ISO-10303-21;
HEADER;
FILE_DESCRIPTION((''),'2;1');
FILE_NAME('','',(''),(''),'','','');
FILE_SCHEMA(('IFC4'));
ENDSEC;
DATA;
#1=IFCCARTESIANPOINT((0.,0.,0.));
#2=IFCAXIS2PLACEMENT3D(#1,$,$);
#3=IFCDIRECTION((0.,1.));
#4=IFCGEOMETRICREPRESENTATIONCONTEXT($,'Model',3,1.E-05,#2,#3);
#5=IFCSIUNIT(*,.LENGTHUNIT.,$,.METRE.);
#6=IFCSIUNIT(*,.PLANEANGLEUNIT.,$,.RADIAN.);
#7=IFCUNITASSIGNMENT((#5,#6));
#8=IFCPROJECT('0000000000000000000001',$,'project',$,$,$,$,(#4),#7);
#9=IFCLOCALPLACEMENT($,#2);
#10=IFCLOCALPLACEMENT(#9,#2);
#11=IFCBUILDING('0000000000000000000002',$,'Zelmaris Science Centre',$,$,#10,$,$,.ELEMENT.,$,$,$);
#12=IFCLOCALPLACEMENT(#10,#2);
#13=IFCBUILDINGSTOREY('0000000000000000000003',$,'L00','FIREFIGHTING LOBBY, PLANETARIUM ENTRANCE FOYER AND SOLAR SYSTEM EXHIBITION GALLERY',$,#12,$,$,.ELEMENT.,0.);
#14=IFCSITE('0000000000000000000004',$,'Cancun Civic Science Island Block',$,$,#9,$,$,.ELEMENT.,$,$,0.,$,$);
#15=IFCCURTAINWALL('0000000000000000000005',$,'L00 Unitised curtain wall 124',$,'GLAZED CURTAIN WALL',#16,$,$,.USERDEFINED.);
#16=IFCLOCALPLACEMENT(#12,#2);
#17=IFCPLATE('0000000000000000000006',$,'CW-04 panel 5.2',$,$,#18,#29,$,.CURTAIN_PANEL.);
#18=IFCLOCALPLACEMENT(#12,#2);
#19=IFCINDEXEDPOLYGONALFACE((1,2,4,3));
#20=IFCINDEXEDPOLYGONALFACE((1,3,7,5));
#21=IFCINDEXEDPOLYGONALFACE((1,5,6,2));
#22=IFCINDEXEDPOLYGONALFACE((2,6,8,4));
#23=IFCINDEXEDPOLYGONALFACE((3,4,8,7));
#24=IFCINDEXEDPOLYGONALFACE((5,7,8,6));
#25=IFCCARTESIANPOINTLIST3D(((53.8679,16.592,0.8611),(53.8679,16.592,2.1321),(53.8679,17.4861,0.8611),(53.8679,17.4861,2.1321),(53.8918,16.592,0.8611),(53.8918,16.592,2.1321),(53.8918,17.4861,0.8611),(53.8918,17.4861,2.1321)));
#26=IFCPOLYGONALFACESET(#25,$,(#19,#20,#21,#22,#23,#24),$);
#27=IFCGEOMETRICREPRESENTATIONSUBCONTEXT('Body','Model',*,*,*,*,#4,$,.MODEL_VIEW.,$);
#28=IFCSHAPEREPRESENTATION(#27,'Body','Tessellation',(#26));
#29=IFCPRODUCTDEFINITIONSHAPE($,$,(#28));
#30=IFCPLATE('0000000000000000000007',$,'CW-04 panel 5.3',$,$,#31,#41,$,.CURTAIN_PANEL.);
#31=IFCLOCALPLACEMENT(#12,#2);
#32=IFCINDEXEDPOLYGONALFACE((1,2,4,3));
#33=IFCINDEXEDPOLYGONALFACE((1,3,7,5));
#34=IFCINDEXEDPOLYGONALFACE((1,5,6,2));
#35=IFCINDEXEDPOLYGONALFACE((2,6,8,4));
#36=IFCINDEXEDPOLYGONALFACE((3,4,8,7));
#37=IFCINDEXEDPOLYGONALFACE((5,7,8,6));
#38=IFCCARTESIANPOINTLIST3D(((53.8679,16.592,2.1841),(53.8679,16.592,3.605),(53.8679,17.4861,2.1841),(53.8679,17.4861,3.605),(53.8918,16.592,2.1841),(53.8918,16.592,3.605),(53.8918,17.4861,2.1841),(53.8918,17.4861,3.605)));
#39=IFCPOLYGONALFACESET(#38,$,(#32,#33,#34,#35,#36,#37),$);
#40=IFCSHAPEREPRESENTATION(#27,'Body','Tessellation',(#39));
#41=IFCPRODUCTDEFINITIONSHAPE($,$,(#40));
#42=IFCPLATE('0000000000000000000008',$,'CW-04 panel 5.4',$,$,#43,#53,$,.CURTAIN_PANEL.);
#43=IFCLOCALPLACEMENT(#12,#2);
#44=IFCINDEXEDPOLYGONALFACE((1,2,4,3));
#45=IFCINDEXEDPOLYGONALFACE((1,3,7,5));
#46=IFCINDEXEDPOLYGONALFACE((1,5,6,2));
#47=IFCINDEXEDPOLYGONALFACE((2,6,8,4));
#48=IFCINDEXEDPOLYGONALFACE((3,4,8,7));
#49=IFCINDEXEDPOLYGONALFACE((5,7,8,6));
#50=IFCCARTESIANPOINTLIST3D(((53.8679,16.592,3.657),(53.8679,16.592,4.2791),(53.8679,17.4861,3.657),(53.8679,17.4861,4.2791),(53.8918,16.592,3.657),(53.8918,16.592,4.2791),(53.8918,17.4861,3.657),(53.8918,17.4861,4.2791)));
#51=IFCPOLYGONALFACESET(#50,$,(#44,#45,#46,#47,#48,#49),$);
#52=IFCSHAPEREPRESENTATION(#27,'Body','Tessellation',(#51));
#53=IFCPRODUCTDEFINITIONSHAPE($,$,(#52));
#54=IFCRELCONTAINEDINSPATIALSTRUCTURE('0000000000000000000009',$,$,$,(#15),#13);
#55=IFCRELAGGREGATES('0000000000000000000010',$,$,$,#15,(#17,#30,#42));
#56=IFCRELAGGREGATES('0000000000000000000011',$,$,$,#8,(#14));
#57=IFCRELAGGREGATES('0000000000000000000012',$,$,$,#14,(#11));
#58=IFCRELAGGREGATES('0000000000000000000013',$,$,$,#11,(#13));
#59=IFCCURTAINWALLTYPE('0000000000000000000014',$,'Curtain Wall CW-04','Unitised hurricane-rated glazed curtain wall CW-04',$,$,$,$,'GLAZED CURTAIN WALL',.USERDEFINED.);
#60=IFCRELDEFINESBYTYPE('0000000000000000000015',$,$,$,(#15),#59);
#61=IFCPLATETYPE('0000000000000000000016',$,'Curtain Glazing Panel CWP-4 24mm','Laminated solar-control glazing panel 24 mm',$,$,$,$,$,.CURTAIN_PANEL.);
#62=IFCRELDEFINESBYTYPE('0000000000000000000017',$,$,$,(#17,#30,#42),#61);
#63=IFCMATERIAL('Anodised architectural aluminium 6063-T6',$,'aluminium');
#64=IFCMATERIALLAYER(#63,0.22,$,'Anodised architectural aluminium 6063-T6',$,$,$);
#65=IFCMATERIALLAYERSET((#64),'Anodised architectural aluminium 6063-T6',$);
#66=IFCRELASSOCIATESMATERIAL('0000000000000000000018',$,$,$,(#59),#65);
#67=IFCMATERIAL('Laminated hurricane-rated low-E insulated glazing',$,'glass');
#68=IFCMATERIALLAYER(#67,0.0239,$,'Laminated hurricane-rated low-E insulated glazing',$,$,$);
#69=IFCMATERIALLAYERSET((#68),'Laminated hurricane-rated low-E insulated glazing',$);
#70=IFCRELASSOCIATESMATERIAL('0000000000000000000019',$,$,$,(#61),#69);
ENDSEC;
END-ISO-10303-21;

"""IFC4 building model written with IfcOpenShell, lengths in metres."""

from ifc_helpers import new_model, si_unit, direction, frame, origin, origin_2d, place, context, subcontext, project, spatial, rectangle, extrude, material, layer, layer_set, type_object, element, aggregate, save


model = new_model("IFC4")

# Units and contexts
model_context = context("Model", 3, precision=1e-05, world=origin(), true_north=direction((0.0, 1.0)))
body_context = subcontext(model_context, "Body", "Model", "MODEL_VIEW")
ifc_project = project(units=[si_unit("LENGTHUNIT", "METRE"), si_unit("PLANEANGLEUNIT", "RADIAN")], contexts=[model_context])

# Site, building, storey
site_placement = place(None, origin())
site = spatial("IfcSite", under=ifc_project, at=site_placement, Name="Cancun Civic Science Island Block", CompositionType="ELEMENT", RefElevation=0.0)
building_placement = place(site_placement, origin())
building = spatial("IfcBuilding", under=site, at=building_placement, Name="Zelmaris Science Centre", CompositionType="ELEMENT")
storey_placement = place(building_placement, origin())
storey = spatial("IfcBuildingStorey", under=building, at=storey_placement, Name="L00", Description="FIREFIGHTING LOBBY, PLANETARIUM ENTRANCE FOYER AND SOLAR SYSTEM EXHIBITION GALLERY", CompositionType="ELEMENT", Elevation=0.0)

# Curtain wall
ifc_material_1 = material(Name="Anodised architectural aluminium 6063-T6", Category="aluminium")
ifc_layer_1 = layer(ifc_material_1, 0.22, Name="Anodised architectural aluminium 6063-T6")
ifc_layer_set_1 = layer_set([ifc_layer_1], Name="Anodised architectural aluminium 6063-T6")
curtain_wall_type_1 = type_object("IfcCurtainWallType", Name="Curtain Wall CW-04", Description="Unitised hurricane-rated glazed curtain wall CW-04", ElementType="GLAZED CURTAIN WALL", PredefinedType="USERDEFINED", material=ifc_layer_set_1)
curtain_wall_1_placement = place(storey_placement, origin())
curtain_wall_1 = element("IfcCurtainWall", 1, at=curtain_wall_1_placement, inside=storey, type_object=curtain_wall_type_1, Name="L00 Unitised curtain wall 124", ObjectType="GLAZED CURTAIN WALL", PredefinedType="USERDEFINED")

# Plates
ifc_material_2 = material(Name="Laminated hurricane-rated low-E insulated glazing", Category="glass")
ifc_layer_2 = layer(ifc_material_2, 0.0239, Name="Laminated hurricane-rated low-E insulated glazing")
ifc_layer_set_2 = layer_set([ifc_layer_2], Name="Laminated hurricane-rated low-E insulated glazing")
plate_type_1 = type_object("IfcPlateType", Name="Curtain Glazing Panel CWP-4 24mm", Description="Laminated solar-control glazing panel 24 mm", PredefinedType="CURTAIN_PANEL", material=ifc_layer_set_2)
plate_1_placement = place(storey_placement, frame((53.8799, 17.0391, 0.8611), z_axis=(0.0, 0.0, 1.0), x_axis=(0.0, -1.0, 0.0)))
plate_1 = element("IfcPlate", 2, at=plate_1_placement, type_object=plate_type_1, Name="CW-04 panel 5.2", PredefinedType="CURTAIN_PANEL", context=body_context, shape_type="SweptSolid", body=[
    extrude(rectangle(XDim=0.894, YDim=0.0239, at=origin_2d()), origin(), (0.0, 0.0, 1.0), 1.271),
])
plate_2_placement = place(storey_placement, frame((53.8799, 17.0391, 2.1841), z_axis=(0.0, 0.0, 1.0), x_axis=(0.0, -1.0, 0.0)))
plate_2 = element("IfcPlate", 3, at=plate_2_placement, type_object=plate_type_1, Name="CW-04 panel 5.3", PredefinedType="CURTAIN_PANEL", context=body_context, shape_type="SweptSolid", body=[
    extrude(rectangle(XDim=0.894, YDim=0.0239, at=origin_2d()), origin(), (0.0, 0.0, 1.0), 1.4209),
])
plate_3_placement = place(storey_placement, frame((53.8799, 17.0391, 3.657), z_axis=(0.0, 0.0, 1.0), x_axis=(0.0, -1.0, 0.0)))
plate_3 = element("IfcPlate", 4, at=plate_3_placement, type_object=plate_type_1, Name="CW-04 panel 5.4", PredefinedType="CURTAIN_PANEL", context=body_context, shape_type="SweptSolid", body=[
    extrude(rectangle(XDim=0.894, YDim=0.0239, at=origin_2d()), origin(), (0.0, 0.0, 1.0), 0.6221),
])
aggregate(curtain_wall_1, [plate_1, plate_2, plate_3])

save(model, "model.ifc")
